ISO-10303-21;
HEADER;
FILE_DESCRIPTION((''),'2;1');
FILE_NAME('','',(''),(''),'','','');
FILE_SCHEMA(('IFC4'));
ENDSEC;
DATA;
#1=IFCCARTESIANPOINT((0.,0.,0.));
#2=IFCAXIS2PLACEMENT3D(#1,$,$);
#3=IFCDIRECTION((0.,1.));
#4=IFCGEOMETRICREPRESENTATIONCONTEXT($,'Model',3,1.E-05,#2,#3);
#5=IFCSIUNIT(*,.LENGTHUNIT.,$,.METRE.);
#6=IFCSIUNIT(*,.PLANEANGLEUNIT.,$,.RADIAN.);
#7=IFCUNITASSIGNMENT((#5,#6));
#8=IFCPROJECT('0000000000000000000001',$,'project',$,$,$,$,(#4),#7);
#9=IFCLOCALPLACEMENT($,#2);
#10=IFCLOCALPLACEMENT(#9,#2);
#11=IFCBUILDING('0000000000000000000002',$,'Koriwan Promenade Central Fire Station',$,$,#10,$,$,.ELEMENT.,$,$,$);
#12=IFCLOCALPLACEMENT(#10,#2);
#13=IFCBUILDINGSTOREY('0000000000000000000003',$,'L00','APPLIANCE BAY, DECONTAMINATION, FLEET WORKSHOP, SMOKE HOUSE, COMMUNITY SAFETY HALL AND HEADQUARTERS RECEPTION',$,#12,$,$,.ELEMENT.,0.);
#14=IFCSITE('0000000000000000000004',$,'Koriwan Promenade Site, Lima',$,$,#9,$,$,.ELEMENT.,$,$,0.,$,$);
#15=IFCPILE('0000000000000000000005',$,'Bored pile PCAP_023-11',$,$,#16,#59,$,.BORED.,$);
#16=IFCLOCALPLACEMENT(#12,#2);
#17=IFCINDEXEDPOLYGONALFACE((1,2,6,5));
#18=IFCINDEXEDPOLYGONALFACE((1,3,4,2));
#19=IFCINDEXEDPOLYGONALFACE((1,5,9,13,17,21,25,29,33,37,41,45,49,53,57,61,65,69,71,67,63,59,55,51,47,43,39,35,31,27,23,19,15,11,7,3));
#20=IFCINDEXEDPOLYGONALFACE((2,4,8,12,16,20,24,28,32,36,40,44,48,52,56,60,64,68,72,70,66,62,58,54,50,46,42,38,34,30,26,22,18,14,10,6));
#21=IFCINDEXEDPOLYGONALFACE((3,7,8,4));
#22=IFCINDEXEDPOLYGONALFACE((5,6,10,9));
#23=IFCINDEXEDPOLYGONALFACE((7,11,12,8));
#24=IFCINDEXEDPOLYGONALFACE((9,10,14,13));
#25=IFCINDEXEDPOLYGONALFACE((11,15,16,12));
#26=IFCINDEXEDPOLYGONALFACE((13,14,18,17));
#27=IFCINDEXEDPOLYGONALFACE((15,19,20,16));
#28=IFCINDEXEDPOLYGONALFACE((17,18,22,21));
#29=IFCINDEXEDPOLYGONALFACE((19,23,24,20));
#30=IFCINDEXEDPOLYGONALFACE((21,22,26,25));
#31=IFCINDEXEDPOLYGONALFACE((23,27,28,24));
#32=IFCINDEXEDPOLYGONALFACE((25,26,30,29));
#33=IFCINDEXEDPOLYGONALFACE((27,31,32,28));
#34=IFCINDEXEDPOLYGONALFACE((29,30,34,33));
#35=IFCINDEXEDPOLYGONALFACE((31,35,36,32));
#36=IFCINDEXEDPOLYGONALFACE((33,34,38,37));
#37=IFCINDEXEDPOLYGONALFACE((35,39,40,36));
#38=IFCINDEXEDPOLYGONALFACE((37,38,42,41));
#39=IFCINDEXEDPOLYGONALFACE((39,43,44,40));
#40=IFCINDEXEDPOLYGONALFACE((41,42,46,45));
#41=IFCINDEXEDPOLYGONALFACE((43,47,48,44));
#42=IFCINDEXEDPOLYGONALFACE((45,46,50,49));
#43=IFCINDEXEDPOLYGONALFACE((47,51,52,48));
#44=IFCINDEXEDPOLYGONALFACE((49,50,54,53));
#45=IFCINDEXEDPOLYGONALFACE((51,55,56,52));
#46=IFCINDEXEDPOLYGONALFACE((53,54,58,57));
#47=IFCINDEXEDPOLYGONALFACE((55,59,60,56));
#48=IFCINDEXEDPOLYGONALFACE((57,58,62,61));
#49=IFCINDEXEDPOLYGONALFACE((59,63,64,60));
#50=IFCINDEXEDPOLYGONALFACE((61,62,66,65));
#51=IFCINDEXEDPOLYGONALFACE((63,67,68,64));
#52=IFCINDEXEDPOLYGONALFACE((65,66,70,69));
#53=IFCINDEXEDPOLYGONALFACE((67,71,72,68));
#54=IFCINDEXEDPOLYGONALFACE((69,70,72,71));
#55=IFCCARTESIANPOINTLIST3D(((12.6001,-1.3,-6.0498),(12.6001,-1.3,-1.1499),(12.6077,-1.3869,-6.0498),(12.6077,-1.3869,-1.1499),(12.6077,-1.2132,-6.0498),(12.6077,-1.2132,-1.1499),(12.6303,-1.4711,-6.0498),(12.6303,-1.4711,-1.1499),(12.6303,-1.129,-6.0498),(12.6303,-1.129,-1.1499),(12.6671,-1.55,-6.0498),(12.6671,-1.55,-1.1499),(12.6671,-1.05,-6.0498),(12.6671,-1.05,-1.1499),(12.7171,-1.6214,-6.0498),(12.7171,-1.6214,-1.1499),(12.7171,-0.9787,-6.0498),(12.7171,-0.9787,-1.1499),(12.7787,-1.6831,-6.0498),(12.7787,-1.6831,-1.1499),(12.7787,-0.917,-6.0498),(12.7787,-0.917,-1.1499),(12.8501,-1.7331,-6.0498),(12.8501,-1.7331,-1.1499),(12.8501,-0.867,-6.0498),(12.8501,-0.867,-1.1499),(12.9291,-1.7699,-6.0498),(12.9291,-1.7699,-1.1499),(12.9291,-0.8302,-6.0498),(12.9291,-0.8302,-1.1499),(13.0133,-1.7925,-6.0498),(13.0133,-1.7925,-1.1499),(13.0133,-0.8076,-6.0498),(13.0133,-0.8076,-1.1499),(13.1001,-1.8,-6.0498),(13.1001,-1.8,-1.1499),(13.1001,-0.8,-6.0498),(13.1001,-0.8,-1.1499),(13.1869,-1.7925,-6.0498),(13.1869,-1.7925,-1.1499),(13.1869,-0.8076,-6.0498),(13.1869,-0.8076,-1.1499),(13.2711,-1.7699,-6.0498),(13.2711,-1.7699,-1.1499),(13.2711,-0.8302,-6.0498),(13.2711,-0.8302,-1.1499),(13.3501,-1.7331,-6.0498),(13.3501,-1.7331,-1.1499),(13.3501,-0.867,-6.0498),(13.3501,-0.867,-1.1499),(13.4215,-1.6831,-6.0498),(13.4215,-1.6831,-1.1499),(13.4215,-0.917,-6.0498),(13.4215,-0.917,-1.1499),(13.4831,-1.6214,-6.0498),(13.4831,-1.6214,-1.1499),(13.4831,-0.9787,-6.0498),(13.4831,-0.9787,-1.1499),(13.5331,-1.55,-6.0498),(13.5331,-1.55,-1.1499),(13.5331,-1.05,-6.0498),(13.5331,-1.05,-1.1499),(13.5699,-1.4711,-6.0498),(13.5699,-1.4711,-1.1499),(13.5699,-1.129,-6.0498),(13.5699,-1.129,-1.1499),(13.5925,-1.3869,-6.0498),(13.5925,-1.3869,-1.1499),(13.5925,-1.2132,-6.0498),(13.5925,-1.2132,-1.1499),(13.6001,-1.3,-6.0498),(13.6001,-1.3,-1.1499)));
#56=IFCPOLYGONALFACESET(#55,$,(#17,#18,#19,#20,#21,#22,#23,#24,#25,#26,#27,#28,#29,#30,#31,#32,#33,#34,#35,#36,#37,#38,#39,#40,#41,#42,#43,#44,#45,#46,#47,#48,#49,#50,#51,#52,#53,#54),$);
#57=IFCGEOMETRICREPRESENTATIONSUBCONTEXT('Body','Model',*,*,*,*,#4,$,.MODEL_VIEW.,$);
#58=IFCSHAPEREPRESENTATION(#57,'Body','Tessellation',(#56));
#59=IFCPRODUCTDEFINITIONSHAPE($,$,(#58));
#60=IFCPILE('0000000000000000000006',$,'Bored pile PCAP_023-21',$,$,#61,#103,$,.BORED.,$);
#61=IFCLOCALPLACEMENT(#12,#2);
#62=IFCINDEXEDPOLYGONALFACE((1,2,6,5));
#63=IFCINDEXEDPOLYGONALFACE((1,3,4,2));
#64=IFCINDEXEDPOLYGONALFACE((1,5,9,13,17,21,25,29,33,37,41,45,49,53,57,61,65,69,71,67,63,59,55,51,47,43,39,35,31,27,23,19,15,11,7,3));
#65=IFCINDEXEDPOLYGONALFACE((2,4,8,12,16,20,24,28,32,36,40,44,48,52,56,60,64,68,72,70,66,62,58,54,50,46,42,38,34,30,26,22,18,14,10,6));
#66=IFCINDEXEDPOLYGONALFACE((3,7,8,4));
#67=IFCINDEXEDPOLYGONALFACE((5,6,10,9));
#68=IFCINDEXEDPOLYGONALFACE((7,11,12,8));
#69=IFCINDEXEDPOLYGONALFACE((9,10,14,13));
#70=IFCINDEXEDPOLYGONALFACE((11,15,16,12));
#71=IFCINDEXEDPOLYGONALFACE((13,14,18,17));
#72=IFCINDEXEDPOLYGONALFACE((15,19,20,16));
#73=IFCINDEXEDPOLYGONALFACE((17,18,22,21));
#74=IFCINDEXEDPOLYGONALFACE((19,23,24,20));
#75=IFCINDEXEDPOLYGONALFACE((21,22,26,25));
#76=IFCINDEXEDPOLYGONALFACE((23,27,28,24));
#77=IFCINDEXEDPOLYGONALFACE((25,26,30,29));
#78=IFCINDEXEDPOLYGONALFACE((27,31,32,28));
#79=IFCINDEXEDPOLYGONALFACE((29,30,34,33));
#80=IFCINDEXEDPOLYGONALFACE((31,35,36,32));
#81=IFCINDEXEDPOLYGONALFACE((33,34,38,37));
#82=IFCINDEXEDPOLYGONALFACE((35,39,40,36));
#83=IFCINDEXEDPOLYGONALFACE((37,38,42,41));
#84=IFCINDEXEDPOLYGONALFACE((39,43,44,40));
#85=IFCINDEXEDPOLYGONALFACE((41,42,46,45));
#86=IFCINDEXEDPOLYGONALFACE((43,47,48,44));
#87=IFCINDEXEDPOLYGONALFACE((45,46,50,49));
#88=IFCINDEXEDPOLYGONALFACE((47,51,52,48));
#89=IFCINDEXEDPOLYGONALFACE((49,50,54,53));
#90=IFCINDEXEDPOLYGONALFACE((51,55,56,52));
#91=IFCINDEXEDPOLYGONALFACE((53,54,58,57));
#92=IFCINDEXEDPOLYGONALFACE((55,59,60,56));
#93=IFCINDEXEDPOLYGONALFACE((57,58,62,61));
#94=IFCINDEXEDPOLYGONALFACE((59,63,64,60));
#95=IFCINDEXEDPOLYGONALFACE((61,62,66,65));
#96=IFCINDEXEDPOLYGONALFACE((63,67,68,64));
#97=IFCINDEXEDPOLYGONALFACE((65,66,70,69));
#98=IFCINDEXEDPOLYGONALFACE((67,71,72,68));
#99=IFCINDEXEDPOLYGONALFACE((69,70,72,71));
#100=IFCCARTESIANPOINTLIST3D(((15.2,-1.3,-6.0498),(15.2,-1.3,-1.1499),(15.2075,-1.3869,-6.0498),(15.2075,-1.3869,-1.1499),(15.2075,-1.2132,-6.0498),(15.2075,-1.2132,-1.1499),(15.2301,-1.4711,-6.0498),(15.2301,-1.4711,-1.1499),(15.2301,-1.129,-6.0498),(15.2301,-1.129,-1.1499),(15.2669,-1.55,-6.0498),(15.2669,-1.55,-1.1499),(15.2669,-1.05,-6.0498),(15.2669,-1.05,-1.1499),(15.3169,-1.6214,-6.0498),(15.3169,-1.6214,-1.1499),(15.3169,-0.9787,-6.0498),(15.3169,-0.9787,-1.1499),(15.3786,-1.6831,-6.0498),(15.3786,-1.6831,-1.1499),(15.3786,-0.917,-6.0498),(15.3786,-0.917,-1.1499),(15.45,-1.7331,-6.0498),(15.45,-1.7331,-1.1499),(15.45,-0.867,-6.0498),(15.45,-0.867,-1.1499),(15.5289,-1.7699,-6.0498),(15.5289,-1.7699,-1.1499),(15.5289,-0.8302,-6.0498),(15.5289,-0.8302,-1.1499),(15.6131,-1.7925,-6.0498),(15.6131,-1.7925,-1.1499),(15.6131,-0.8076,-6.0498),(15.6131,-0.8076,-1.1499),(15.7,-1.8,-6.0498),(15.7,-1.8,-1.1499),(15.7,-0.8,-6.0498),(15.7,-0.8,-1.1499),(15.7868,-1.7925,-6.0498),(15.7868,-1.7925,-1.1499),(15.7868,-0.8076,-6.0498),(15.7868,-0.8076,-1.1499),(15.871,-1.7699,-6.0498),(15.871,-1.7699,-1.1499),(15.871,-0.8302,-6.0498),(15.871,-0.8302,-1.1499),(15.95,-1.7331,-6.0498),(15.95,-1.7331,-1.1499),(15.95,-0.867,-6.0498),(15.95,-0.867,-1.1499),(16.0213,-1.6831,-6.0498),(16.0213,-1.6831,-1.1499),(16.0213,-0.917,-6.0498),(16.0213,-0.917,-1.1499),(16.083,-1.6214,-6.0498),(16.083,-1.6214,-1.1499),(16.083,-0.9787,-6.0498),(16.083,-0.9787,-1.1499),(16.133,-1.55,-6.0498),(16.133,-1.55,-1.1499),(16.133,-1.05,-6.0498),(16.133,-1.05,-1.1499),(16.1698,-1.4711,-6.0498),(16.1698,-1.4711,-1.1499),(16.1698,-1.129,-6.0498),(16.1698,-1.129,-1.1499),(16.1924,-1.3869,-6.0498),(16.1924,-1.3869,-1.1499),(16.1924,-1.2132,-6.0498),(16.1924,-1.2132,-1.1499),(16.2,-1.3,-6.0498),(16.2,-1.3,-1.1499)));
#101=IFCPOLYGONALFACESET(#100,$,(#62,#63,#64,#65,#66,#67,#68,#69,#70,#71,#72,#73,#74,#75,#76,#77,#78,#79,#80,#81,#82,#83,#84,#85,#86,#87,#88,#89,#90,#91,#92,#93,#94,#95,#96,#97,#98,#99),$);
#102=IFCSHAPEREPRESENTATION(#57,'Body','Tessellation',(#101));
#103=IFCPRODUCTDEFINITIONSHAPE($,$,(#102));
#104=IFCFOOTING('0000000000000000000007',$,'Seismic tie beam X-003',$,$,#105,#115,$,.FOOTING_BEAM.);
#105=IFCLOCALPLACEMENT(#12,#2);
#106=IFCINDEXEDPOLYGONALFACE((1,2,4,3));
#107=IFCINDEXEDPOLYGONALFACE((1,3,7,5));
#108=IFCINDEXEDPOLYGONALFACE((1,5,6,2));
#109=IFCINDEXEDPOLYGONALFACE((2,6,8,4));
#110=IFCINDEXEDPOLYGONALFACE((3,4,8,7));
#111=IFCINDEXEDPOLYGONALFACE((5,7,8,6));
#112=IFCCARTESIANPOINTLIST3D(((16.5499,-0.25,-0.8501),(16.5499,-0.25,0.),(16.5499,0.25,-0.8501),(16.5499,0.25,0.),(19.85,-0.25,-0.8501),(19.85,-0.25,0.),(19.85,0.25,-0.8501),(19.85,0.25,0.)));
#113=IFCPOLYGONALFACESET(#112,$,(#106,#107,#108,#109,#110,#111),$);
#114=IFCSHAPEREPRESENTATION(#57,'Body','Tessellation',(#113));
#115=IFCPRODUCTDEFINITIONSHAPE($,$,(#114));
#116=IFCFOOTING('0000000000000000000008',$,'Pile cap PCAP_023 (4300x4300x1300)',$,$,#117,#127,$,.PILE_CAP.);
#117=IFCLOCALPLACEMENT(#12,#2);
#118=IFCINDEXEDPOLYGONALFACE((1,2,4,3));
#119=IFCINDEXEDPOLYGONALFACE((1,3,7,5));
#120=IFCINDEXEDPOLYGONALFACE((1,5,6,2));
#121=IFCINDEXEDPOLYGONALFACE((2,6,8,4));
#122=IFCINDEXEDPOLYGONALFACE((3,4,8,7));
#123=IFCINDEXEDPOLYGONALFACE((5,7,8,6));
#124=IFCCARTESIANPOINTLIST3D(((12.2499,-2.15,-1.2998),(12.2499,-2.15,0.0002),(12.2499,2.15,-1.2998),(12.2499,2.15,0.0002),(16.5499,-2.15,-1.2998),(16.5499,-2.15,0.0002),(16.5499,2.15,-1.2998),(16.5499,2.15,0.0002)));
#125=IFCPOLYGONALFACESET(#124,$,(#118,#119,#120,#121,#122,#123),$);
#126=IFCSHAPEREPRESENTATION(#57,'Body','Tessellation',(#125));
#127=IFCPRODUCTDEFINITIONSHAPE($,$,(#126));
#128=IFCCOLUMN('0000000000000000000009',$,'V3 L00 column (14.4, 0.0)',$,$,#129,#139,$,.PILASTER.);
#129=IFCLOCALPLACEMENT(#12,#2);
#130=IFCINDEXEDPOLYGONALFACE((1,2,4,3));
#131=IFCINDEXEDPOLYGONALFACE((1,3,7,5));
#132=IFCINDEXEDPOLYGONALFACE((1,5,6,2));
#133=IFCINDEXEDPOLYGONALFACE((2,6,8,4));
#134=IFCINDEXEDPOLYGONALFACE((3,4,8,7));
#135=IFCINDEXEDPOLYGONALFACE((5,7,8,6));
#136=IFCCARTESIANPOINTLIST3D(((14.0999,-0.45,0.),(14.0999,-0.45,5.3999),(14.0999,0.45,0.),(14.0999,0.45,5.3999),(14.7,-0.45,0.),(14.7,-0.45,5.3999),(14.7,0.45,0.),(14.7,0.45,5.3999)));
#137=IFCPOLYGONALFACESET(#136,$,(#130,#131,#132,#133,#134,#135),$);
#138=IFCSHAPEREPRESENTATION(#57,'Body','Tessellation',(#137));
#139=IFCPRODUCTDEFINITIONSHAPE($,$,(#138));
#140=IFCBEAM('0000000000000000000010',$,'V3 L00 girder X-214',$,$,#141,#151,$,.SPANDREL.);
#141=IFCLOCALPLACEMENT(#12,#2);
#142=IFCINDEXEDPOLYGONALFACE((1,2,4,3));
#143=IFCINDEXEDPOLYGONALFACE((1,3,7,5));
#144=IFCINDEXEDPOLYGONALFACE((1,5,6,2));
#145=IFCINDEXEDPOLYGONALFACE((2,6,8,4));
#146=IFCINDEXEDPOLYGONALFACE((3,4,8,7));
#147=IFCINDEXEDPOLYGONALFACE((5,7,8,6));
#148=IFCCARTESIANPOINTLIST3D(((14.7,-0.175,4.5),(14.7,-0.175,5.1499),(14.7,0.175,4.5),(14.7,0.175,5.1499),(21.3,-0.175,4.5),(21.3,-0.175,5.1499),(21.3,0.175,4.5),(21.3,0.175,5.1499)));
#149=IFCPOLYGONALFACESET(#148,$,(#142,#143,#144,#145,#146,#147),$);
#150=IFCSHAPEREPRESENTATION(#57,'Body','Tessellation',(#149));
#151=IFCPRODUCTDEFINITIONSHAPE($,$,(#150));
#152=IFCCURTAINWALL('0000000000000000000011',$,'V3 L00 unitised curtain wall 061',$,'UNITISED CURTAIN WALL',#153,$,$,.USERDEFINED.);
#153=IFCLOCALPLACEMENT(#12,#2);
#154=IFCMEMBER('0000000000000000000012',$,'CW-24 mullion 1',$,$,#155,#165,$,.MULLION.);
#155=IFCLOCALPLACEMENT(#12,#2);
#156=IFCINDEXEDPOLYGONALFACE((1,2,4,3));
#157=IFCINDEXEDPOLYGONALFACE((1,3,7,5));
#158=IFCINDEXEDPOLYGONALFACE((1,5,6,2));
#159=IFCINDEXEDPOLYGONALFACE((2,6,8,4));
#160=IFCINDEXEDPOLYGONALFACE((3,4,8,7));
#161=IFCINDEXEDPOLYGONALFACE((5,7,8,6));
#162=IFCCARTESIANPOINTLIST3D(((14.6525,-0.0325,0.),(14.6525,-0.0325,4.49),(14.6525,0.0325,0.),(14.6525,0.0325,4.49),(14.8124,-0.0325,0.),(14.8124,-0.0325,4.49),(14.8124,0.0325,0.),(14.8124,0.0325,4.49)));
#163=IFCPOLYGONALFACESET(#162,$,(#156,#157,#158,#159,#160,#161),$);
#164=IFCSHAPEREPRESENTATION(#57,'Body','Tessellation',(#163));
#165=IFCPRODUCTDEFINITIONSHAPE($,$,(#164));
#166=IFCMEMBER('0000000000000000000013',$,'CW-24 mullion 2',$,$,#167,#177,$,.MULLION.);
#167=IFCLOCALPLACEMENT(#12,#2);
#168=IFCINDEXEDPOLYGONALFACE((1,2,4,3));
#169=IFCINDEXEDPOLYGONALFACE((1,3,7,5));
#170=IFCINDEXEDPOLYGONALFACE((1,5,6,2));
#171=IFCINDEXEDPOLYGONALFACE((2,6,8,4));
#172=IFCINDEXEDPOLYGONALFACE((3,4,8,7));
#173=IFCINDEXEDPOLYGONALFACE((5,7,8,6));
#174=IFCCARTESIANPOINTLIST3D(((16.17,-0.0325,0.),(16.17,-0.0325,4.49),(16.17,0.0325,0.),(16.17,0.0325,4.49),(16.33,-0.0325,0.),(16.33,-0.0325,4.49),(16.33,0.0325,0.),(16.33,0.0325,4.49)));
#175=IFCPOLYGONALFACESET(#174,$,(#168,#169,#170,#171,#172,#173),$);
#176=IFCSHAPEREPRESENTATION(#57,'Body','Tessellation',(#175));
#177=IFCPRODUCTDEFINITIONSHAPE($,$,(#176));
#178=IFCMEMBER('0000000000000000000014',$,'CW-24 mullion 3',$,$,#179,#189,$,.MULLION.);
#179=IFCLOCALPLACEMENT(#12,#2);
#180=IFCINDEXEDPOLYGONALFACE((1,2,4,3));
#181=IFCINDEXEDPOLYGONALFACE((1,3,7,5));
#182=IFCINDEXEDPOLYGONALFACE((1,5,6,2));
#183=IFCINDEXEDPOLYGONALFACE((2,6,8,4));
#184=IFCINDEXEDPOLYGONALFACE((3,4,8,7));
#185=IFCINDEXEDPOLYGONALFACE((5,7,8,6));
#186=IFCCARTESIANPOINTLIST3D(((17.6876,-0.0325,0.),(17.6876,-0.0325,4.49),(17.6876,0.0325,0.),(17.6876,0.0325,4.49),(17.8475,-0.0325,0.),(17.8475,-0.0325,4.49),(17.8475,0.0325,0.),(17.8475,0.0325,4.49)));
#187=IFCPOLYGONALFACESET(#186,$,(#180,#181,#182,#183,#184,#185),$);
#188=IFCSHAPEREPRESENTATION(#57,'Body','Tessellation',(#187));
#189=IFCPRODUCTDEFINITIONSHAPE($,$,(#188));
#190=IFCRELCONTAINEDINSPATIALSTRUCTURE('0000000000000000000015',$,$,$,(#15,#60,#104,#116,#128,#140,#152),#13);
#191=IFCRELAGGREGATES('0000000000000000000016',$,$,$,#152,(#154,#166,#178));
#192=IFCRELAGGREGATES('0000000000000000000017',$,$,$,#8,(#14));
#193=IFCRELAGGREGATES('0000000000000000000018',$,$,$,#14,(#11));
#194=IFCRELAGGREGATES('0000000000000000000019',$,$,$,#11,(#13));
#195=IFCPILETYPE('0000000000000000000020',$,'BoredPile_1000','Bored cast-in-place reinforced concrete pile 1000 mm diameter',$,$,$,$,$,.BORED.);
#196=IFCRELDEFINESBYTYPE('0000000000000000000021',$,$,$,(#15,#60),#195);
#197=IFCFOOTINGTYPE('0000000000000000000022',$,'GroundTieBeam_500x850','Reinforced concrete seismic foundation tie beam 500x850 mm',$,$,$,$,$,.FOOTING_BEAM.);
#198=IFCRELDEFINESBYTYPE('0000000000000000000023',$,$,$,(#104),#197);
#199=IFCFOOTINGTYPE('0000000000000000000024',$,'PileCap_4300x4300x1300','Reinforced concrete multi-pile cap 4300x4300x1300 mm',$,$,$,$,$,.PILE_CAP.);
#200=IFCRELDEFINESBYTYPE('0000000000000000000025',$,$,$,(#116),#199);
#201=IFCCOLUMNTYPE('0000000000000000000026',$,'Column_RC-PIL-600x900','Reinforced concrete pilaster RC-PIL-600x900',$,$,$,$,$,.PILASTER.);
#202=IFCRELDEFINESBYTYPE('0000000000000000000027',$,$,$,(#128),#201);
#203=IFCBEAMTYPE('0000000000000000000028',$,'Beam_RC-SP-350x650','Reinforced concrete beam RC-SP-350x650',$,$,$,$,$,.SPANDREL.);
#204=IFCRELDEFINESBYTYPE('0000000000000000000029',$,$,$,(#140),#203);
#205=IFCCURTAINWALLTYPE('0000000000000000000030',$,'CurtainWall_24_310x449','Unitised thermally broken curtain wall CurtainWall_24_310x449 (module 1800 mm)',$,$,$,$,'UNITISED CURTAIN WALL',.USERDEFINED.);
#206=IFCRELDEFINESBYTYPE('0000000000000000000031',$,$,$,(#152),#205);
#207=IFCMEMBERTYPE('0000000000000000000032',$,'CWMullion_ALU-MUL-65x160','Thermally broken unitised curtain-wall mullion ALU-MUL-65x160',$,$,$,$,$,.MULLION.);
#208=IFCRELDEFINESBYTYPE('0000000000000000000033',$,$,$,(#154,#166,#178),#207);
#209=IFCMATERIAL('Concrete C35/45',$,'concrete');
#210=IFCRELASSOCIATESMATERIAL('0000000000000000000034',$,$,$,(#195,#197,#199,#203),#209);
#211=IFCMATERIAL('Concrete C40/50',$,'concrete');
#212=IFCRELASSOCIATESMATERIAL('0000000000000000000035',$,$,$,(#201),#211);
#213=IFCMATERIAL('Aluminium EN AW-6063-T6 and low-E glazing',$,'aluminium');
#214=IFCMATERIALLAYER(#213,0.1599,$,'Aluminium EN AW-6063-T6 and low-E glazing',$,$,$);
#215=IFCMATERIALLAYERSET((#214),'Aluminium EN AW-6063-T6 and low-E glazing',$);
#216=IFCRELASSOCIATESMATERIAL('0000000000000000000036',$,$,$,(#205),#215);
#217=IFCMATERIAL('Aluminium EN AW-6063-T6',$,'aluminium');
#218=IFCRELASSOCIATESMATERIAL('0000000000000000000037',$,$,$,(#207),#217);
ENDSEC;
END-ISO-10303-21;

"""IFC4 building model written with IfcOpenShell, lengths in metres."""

from ifc_helpers import new_model, si_unit, direction, frame, origin, origin_2d, place, context, subcontext, project, spatial, rectangle, circle, extrude, material, layer, layer_set, material_profile, profile_set, type_object, element, aggregate, save


model = new_model("IFC4")

# Units and contexts
model_context = context("Model", 3, precision=1e-05, world=origin(), true_north=direction((0.0, 1.0)))
body_context = subcontext(model_context, "Body", "Model", "MODEL_VIEW")
ifc_project = project(units=[si_unit("LENGTHUNIT", "METRE"), si_unit("PLANEANGLEUNIT", "RADIAN")], contexts=[model_context])

# Site, building, storey
site_placement = place(None, origin())
site = spatial("IfcSite", under=ifc_project, at=site_placement, Name="Koriwan Promenade Site, Lima", CompositionType="ELEMENT", RefElevation=0.0)
building_placement = place(site_placement, origin())
building = spatial("IfcBuilding", under=site, at=building_placement, Name="Koriwan Promenade Central Fire Station", CompositionType="ELEMENT")
storey_placement = place(building_placement, origin())
storey = spatial("IfcBuildingStorey", under=building, at=storey_placement, Name="L00", Description="APPLIANCE BAY, DECONTAMINATION, FLEET WORKSHOP, SMOKE HOUSE, COMMUNITY SAFETY HALL AND HEADQUARTERS RECEPTION", CompositionType="ELEMENT", Elevation=0.0)

# Piles
ifc_material_1 = material(Name="Concrete C35/45", Category="concrete")
ifc_material_profile_1 = material_profile(ifc_material_1, circle(Radius=0.5, at=origin_2d()), Name="PILE-D1000")
ifc_profile_set_1 = profile_set([ifc_material_profile_1], Name="Concrete C35/45")
pile_type = type_object("IfcPileType", Name="BoredPile_1000", Description="Bored cast-in-place reinforced concrete pile 1000 mm diameter", PredefinedType="BORED", material=ifc_profile_set_1)
for number, where, z_axis, x_axis, name in (
    (1, (13.1001, -1.3, -1.1499), (0.0, 0.0, -1.0), (1.0, 0.0, 0.0), "Bored pile PCAP_023-11"),
    (2, (15.7, -1.3, -1.1499), (0.0, 0.0, -1.0), (1.0, 0.0, 0.0), "Bored pile PCAP_023-21"),
):
    element("IfcPile", number, at=place(storey_placement, frame(where, z_axis=z_axis, x_axis=x_axis)), inside=storey, type_object=pile_type, Name=name, PredefinedType="BORED", context=body_context, shape_type="SweptSolid", body=[
        extrude(circle(Radius=0.5, at=origin_2d()), origin(), (0.0, 0.0, 1.0), 4.8999),
    ])

# Footings
footing_type_1 = type_object("IfcFootingType", Name="GroundTieBeam_500x850", Description="Reinforced concrete seismic foundation tie beam 500x850 mm", PredefinedType="FOOTING_BEAM", material=ifc_material_1)
footing_1_placement = place(storey_placement, frame((18.2, 0.0, -0.8501), z_axis=(0.0, 0.0, 1.0), x_axis=(1.0, 0.0, 0.0)))
element("IfcFooting", 3, at=footing_1_placement, inside=storey, type_object=footing_type_1, Name="Seismic tie beam X-003", PredefinedType="FOOTING_BEAM", context=body_context, shape_type="SweptSolid", body=[
    extrude(rectangle(XDim=3.3, YDim=0.5, at=origin_2d()), origin(), (0.0, 0.0, 1.0), 0.8501),
])
footing_type_2 = type_object("IfcFootingType", Name="PileCap_4300x4300x1300", Description="Reinforced concrete multi-pile cap 4300x4300x1300 mm", PredefinedType="PILE_CAP", material=ifc_material_1)
footing_2_placement = place(storey_placement, frame((14.3999, 0.0, -1.2998), z_axis=(0.0, 0.0, 1.0), x_axis=(1.0, 0.0, 0.0)))
element("IfcFooting", 4, at=footing_2_placement, inside=storey, type_object=footing_type_2, Name="Pile cap PCAP_023 (4300x4300x1300)", PredefinedType="PILE_CAP", context=body_context, shape_type="SweptSolid", body=[
    extrude(rectangle(XDim=4.3, YDim=4.3, at=origin_2d()), origin(), (0.0, 0.0, 1.0), 1.3),
])

# Column
ifc_material_2 = material(Name="Concrete C40/50", Category="concrete")
ifc_material_profile_2 = material_profile(ifc_material_2, rectangle(XDim=0.6001, YDim=0.8999, at=origin_2d()), Name="RC-PIL-600x900")
ifc_profile_set_2 = profile_set([ifc_material_profile_2], Name="Concrete C40/50")
column_type = type_object("IfcColumnType", Name="Column_RC-PIL-600x900", Description="Reinforced concrete pilaster RC-PIL-600x900", PredefinedType="PILASTER", material=ifc_profile_set_2)
column_placement = place(storey_placement, frame((14.3999, 0.0, 0.0), z_axis=(0.0, 0.0, 1.0), x_axis=(1.0, 0.0, 0.0)))
element("IfcColumn", 5, at=column_placement, inside=storey, type_object=column_type, Name="V3 L00 column (14.4, 0.0)", PredefinedType="PILASTER", context=body_context, shape_type="SweptSolid", body=[
    extrude(rectangle(XDim=0.6001, YDim=0.8999, at=origin_2d()), origin(), (0.0, 0.0, 1.0), 5.3999),
])

# Beam
ifc_material_profile_3 = material_profile(ifc_material_1, rectangle(XDim=0.3501, YDim=0.6499, at=origin_2d()), Name="RC-SP-350x650")
ifc_profile_set_3 = profile_set([ifc_material_profile_3], Name="Concrete C35/45")
beam_type = type_object("IfcBeamType", Name="Beam_RC-SP-350x650", Description="Reinforced concrete beam RC-SP-350x650", PredefinedType="SPANDREL", material=ifc_profile_set_3)
beam_placement = place(storey_placement, frame((14.7, 0.0, 4.825), z_axis=(1.0, 0.0, 0.0), x_axis=(0.0, 1.0, 0.0)))
element("IfcBeam", 6, at=beam_placement, inside=storey, type_object=beam_type, Name="V3 L00 girder X-214", PredefinedType="SPANDREL", context=body_context, shape_type="SweptSolid", body=[
    extrude(rectangle(XDim=0.3501, YDim=0.6499, at=origin_2d()), origin(), (0.0, 0.0, 1.0), 6.6001),
])

# Curtain wall, members
ifc_material_3 = material(Name="Aluminium EN AW-6063-T6 and low-E glazing", Category="aluminium")
ifc_layer_1 = layer(ifc_material_3, 0.1599, Name="Aluminium EN AW-6063-T6 and low-E glazing")
ifc_layer_set_1 = layer_set([ifc_layer_1], Name="Aluminium EN AW-6063-T6 and low-E glazing")
curtain_wall_type_1 = type_object("IfcCurtainWallType", Name="CurtainWall_24_310x449", Description="Unitised thermally broken curtain wall CurtainWall_24_310x449 (module 1800 mm)", ElementType="UNITISED CURTAIN WALL", PredefinedType="USERDEFINED", material=ifc_layer_set_1)
curtain_wall_1_placement = place(storey_placement, origin())
curtain_wall_1 = element("IfcCurtainWall", 7, at=curtain_wall_1_placement, inside=storey, type_object=curtain_wall_type_1, Name="V3 L00 unitised curtain wall 061", ObjectType="UNITISED CURTAIN WALL", PredefinedType="USERDEFINED")
ifc_material_4 = material(Name="Aluminium EN AW-6063-T6", Category="aluminium")
ifc_material_profile_4 = material_profile(ifc_material_4, rectangle(XDim=0.0649, YDim=0.1599, at=origin_2d()), Name="ALU-MUL-65x160")
ifc_profile_set_4 = profile_set([ifc_material_profile_4], Name="Aluminium EN AW-6063-T6")
member_type_1 = type_object("IfcMemberType", Name="CWMullion_ALU-MUL-65x160", Description="Thermally broken unitised curtain-wall mullion ALU-MUL-65x160", PredefinedType="MULLION", material=ifc_profile_set_4)
member_1_placement = place(storey_placement, frame((14.7324, 0.0, 0.0), z_axis=(0.0, 0.0, 1.0), x_axis=(0.0, 1.0, 0.0)))
member_1 = element("IfcMember", 8, at=member_1_placement, type_object=member_type_1, Name="CW-24 mullion 1", PredefinedType="MULLION", context=body_context, shape_type="SweptSolid", body=[
    extrude(rectangle(XDim=0.0649, YDim=0.1599, at=origin_2d()), origin(), (0.0, 0.0, 1.0), 4.49),
])
member_2_placement = place(storey_placement, frame((16.25, 0.0, 0.0), z_axis=(0.0, 0.0, 1.0), x_axis=(0.0, 1.0, 0.0)))
member_2 = element("IfcMember", 9, at=member_2_placement, type_object=member_type_1, Name="CW-24 mullion 2", PredefinedType="MULLION", context=body_context, shape_type="SweptSolid", body=[
    extrude(rectangle(XDim=0.0649, YDim=0.1599, at=origin_2d()), origin(), (0.0, 0.0, 1.0), 4.49),
])
member_3_placement = place(storey_placement, frame((17.7676, 0.0, 0.0), z_axis=(0.0, 0.0, 1.0), x_axis=(0.0, 1.0, 0.0)))
member_3 = element("IfcMember", 10, at=member_3_placement, type_object=member_type_1, Name="CW-24 mullion 3", PredefinedType="MULLION", context=body_context, shape_type="SweptSolid", body=[
    extrude(rectangle(XDim=0.0649, YDim=0.1599, at=origin_2d()), origin(), (0.0, 0.0, 1.0), 4.49),
])

aggregate(curtain_wall_1, [member_1, member_2, member_3])

save(model, "model.ifc")
